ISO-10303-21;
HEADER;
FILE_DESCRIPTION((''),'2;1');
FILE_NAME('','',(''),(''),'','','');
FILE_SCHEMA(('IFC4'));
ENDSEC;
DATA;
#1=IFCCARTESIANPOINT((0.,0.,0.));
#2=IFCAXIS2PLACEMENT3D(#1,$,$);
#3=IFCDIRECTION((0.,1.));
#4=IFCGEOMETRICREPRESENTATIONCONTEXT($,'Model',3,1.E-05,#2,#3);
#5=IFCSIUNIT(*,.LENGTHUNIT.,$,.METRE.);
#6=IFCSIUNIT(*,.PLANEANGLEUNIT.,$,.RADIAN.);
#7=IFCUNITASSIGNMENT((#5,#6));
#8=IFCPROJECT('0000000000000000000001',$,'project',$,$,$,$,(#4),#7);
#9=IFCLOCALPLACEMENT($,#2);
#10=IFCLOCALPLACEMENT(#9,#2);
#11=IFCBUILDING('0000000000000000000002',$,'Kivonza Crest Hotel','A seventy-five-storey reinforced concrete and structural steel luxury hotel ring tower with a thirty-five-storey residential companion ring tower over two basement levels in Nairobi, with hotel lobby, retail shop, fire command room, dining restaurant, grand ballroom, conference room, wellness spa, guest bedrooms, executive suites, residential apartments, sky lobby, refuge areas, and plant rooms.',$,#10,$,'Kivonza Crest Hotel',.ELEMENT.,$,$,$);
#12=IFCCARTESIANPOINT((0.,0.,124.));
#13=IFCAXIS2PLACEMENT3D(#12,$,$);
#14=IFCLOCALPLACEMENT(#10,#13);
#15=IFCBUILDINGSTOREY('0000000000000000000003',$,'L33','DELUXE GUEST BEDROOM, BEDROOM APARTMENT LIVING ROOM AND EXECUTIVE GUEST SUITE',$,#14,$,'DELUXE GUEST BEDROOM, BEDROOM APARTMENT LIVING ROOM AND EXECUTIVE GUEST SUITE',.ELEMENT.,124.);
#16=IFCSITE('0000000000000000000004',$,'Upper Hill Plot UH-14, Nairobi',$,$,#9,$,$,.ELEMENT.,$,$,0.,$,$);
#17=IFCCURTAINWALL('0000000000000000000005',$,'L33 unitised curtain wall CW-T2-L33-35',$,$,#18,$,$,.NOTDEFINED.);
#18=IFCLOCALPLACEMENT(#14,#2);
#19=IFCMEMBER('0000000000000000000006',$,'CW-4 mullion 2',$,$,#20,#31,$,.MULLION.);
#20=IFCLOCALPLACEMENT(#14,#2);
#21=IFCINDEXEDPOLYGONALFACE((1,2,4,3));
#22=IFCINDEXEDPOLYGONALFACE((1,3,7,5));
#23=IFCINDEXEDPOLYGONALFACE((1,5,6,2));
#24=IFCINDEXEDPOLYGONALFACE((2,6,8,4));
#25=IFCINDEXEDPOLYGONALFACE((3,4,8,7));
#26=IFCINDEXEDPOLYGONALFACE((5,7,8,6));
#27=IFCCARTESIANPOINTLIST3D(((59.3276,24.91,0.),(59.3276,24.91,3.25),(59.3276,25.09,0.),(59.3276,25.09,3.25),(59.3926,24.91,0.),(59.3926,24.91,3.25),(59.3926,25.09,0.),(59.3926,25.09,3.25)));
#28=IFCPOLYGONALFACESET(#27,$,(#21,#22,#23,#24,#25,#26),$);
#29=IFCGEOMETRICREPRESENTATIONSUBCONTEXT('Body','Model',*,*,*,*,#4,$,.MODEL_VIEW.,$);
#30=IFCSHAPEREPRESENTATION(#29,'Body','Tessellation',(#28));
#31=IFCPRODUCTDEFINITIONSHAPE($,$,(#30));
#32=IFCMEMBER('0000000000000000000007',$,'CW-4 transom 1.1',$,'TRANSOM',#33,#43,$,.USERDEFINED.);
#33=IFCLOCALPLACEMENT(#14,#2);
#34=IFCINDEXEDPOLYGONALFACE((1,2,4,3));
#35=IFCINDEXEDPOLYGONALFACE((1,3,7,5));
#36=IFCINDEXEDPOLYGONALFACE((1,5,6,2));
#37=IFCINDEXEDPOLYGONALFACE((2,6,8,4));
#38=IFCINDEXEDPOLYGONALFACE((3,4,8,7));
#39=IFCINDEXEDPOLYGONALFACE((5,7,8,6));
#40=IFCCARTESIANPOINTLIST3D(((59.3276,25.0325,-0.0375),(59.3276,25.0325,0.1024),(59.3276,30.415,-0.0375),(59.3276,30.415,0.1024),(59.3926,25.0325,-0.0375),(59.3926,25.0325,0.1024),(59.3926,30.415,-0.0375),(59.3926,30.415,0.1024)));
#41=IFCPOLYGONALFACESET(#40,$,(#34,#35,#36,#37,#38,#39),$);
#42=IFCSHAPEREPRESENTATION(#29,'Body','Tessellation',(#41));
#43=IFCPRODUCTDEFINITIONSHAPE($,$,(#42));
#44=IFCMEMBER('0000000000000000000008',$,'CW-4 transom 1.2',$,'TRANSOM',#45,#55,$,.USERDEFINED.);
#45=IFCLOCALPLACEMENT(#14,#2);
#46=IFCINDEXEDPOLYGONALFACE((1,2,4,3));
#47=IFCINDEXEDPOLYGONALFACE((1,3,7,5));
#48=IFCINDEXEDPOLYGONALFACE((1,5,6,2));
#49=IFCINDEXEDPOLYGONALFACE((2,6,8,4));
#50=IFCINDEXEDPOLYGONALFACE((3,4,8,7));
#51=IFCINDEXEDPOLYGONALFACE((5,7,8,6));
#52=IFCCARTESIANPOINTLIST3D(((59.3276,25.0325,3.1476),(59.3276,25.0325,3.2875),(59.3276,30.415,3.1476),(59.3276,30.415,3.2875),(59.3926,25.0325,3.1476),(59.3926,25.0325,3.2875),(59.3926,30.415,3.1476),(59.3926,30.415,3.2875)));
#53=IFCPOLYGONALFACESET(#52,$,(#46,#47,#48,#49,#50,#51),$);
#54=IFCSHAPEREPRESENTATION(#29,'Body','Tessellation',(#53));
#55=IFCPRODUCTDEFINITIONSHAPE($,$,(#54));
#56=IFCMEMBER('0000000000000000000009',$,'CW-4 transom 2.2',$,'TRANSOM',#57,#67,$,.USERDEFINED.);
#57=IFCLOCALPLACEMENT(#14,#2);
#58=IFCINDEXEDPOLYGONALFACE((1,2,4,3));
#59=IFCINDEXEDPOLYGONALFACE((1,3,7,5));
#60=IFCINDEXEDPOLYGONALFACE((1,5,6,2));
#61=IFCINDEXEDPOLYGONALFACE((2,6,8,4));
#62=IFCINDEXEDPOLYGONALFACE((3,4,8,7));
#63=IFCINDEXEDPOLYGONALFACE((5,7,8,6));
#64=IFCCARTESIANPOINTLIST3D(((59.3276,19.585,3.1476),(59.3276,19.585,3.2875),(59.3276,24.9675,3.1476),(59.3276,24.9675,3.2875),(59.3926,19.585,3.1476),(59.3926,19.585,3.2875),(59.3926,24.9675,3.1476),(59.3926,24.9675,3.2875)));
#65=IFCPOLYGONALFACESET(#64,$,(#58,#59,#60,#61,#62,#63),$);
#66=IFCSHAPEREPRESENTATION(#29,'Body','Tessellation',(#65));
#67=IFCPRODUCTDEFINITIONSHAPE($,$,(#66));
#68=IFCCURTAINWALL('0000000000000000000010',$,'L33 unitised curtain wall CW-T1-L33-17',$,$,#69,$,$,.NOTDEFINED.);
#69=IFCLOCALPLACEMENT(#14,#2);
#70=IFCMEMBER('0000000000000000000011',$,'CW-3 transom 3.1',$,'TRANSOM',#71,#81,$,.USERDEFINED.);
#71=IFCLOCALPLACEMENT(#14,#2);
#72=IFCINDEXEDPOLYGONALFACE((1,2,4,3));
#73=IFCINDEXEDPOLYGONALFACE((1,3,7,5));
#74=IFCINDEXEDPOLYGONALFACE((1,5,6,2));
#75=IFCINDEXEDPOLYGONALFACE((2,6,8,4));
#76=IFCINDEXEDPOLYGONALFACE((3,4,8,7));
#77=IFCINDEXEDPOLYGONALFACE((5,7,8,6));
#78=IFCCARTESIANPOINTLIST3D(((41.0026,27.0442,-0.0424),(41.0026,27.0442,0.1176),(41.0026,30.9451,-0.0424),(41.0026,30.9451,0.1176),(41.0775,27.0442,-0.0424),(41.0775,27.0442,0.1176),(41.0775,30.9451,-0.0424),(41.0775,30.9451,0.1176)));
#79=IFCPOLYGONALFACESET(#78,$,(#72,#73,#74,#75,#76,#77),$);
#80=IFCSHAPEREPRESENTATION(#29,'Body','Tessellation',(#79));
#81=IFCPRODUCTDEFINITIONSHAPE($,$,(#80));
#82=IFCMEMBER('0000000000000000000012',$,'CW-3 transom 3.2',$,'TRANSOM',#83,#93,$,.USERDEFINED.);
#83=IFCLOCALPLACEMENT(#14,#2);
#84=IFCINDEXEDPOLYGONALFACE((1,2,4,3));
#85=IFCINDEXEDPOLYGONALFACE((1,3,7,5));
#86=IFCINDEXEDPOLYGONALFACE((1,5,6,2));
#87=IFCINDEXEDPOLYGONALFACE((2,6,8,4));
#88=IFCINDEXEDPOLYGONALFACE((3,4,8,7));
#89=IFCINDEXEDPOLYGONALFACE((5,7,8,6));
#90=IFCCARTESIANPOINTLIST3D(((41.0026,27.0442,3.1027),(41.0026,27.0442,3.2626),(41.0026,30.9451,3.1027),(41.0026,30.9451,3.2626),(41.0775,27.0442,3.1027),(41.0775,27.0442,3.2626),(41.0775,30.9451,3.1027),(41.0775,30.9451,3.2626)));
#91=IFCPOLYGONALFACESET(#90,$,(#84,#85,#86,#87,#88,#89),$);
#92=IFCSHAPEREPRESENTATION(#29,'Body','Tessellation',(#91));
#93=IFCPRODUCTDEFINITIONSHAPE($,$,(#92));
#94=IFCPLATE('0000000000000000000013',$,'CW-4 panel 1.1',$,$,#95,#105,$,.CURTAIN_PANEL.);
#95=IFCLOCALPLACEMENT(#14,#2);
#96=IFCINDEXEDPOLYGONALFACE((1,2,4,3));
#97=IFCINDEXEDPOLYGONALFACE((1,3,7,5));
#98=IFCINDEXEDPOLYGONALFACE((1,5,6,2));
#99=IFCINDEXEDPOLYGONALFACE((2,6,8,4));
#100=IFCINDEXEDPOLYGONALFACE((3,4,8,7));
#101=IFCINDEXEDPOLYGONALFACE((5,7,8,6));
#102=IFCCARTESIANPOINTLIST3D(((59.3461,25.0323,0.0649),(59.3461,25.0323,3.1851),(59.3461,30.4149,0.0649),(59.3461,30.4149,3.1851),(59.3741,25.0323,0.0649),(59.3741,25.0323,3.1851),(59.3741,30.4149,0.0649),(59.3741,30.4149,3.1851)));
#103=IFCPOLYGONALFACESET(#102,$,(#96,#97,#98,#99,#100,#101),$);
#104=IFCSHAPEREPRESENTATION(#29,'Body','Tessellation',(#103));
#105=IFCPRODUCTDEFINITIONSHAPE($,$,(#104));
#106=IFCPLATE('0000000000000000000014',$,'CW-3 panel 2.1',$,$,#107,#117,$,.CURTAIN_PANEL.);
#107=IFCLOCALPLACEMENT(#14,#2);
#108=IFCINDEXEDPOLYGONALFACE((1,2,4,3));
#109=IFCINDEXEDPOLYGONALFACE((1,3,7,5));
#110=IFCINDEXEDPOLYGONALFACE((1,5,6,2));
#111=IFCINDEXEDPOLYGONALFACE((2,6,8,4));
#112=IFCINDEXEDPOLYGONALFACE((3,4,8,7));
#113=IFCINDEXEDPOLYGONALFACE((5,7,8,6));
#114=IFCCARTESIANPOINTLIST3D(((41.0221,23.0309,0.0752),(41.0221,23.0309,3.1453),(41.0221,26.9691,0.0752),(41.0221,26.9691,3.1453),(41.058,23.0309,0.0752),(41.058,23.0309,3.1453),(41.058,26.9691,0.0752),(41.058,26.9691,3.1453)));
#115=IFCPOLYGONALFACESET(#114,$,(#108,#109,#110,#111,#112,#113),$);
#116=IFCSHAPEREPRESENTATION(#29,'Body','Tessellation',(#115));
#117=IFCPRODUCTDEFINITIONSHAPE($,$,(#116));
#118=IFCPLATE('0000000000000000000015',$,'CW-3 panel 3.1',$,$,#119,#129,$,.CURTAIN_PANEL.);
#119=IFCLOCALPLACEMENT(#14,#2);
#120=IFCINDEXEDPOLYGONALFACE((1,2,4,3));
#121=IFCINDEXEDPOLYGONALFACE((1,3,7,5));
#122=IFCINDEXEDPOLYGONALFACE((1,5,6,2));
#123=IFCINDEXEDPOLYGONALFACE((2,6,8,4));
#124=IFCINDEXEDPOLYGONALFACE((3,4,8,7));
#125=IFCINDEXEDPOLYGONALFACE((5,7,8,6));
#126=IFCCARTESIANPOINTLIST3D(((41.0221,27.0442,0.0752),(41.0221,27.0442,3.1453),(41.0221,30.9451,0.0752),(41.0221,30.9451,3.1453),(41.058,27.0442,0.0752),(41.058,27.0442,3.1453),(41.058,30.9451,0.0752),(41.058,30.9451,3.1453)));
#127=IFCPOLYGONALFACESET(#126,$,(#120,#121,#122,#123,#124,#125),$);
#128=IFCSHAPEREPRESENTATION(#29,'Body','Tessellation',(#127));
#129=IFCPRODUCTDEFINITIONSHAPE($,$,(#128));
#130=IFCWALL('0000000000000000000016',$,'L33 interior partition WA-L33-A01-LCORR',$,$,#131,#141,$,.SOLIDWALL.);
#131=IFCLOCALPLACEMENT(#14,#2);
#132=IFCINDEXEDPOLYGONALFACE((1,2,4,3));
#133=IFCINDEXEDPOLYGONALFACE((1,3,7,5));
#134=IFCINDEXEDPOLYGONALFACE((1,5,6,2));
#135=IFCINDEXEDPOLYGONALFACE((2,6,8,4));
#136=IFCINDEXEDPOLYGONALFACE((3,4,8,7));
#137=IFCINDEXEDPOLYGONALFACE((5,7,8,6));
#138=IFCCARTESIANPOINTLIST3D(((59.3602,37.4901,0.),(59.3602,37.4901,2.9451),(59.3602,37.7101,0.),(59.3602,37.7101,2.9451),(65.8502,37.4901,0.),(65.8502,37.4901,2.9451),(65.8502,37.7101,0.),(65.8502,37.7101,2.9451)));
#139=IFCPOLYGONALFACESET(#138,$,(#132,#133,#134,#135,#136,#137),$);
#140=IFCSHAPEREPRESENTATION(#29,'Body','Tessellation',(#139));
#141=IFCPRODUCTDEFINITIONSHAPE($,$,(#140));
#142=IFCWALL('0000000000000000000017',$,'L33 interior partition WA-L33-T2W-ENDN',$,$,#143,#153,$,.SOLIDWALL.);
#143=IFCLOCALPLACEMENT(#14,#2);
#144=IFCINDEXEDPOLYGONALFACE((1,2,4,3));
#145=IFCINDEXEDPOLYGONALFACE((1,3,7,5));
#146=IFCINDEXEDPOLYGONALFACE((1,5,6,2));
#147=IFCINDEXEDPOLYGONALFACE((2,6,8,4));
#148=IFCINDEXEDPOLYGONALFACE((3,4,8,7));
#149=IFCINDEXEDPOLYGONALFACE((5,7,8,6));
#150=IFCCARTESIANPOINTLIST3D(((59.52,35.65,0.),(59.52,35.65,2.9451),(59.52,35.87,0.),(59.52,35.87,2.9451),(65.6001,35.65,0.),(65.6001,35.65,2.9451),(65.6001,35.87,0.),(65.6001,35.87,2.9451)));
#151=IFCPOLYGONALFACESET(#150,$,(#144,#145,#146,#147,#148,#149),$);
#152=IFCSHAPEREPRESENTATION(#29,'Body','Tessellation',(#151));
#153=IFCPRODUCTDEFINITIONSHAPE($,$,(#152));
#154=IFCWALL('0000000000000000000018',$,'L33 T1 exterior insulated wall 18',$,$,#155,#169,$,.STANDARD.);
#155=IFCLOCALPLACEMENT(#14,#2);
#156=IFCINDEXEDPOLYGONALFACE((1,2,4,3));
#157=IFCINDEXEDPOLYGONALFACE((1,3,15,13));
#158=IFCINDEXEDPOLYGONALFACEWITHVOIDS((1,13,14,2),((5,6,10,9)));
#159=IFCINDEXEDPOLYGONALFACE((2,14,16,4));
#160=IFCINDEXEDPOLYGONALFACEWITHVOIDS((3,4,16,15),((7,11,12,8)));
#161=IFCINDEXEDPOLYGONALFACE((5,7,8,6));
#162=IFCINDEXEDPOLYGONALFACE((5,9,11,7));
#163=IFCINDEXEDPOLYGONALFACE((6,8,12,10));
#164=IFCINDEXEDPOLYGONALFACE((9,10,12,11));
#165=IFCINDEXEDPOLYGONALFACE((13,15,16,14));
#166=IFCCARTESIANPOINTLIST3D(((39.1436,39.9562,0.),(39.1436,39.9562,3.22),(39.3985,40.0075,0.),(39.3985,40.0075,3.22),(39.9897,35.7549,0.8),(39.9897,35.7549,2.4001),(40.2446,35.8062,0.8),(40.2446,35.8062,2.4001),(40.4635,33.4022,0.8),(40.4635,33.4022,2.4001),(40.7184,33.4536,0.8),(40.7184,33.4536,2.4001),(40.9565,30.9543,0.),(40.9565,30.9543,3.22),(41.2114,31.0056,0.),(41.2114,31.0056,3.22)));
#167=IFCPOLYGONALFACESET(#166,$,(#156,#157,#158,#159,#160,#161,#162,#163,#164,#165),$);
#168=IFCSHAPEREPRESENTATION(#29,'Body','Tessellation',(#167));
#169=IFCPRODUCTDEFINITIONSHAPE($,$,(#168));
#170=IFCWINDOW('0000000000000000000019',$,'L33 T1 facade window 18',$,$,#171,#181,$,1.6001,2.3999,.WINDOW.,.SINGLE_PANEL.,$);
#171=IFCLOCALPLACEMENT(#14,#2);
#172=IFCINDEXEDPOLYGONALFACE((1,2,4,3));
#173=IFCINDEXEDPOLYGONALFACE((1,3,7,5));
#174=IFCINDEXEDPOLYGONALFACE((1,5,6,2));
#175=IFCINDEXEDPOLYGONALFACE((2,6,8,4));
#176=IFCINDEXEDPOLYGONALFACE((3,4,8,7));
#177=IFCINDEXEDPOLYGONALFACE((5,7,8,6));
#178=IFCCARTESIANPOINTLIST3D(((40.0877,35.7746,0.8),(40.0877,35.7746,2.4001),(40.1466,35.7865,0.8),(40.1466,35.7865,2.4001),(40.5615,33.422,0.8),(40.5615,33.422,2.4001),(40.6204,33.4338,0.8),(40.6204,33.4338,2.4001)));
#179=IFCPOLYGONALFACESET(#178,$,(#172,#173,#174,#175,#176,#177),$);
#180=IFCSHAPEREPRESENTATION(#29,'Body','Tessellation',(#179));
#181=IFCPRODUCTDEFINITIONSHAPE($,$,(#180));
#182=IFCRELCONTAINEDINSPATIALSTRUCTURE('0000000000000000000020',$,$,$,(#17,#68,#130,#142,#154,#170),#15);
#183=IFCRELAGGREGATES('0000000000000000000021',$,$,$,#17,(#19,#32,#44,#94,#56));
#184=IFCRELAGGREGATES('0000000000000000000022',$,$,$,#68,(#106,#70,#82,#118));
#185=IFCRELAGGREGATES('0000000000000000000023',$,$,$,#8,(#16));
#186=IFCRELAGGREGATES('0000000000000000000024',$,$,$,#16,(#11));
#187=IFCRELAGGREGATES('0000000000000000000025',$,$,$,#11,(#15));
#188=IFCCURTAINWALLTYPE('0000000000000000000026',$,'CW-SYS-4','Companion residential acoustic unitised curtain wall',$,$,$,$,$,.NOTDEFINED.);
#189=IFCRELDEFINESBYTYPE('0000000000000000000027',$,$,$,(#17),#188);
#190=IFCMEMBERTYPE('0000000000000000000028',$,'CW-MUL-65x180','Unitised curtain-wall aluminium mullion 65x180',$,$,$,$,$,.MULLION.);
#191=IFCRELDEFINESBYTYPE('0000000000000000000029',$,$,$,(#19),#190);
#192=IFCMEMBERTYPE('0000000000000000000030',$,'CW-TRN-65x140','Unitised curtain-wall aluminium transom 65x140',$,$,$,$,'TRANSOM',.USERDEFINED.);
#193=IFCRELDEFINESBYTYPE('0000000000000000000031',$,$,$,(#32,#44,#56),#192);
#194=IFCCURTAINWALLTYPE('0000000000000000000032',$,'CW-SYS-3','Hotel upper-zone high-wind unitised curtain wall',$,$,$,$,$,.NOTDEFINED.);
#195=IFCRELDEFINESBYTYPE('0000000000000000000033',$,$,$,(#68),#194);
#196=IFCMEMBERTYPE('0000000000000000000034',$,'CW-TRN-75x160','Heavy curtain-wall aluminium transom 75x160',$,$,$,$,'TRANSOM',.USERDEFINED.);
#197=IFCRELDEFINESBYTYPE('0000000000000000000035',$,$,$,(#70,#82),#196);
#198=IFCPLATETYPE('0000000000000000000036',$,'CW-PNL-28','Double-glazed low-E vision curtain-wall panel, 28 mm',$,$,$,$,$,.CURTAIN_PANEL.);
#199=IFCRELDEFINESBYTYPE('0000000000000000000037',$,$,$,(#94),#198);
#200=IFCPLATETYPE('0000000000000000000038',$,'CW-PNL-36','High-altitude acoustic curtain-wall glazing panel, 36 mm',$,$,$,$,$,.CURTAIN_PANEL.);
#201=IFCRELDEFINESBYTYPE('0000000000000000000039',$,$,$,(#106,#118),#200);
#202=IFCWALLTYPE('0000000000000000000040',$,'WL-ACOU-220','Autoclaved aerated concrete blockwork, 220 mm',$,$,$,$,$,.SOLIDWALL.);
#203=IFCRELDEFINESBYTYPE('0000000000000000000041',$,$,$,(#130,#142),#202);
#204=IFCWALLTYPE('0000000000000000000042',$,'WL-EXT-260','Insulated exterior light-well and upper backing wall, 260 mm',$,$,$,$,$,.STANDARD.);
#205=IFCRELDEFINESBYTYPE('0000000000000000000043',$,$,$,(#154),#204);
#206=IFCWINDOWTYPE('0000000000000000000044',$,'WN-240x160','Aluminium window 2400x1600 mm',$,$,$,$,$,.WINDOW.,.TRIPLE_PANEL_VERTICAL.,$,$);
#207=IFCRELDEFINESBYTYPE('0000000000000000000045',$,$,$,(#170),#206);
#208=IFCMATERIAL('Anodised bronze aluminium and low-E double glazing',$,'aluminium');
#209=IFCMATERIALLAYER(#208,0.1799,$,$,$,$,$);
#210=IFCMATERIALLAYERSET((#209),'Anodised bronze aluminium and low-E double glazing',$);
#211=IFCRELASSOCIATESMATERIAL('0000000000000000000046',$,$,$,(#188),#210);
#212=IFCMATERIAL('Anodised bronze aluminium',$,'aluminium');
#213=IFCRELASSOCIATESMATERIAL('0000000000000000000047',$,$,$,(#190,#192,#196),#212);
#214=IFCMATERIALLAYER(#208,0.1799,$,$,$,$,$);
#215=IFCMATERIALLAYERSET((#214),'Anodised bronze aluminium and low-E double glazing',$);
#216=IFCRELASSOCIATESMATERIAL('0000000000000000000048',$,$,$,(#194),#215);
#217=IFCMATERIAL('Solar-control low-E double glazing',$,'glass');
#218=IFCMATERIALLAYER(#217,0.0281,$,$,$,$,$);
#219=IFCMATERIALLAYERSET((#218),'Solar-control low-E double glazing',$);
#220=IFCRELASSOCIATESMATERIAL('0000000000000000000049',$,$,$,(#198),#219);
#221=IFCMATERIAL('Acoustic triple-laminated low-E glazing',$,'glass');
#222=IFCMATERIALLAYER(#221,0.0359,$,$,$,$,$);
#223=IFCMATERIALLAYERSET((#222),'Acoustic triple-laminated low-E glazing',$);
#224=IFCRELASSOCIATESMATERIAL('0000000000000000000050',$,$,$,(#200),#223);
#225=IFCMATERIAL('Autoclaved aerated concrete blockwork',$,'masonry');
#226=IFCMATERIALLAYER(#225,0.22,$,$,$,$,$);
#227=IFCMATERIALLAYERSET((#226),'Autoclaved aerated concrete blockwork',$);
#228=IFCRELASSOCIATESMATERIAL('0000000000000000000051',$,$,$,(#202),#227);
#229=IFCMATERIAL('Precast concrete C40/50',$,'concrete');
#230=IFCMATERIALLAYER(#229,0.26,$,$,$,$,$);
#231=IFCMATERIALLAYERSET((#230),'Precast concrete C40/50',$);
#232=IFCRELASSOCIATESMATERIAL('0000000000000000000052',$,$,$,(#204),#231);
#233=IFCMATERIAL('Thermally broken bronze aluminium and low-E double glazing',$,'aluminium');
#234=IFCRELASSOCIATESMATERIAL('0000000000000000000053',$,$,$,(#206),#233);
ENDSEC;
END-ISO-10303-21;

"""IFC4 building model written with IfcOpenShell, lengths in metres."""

from ifc_helpers import new_model, si_unit, direction, frame, frame_2d, origin, origin_2d, place, context, subcontext, project, spatial, rectangle, extrude, material, layer, layer_set, material_profile, profile_set, type_object, element, fill, aggregate, save


model = new_model("IFC4")

# Units and contexts
model_context = context("Model", 3, precision=1e-05, world=origin(), true_north=direction((0.0, 1.0)))
body_context = subcontext(model_context, "Body", "Model", "MODEL_VIEW")
ifc_project = project(units=[si_unit("LENGTHUNIT", "METRE"), si_unit("PLANEANGLEUNIT", "RADIAN")], contexts=[model_context])

# Site, building, storey
site_placement = place(None, origin())
site = spatial("IfcSite", under=ifc_project, at=site_placement, Name="Upper Hill Plot UH-14, Nairobi", CompositionType="ELEMENT", RefElevation=0.0)
building_placement = place(site_placement, origin())
building = spatial("IfcBuilding", under=site, at=building_placement, Name="Kivonza Crest Hotel", Description="A seventy-five-storey reinforced concrete and structural steel luxury hotel ring tower with a thirty-five-storey residential companion ring tower over two basement levels in Nairobi, with hotel lobby, retail shop, fire command room, dining restaurant, grand ballroom, conference room, wellness spa, guest bedrooms, executive suites, residential apartments, sky lobby, refuge areas, and plant rooms.", LongName="Kivonza Crest Hotel", CompositionType="ELEMENT")
storey_placement = place(building_placement, frame((0.0, 0.0, 124.0)))
storey = spatial("IfcBuildingStorey", under=building, at=storey_placement, Name="L33", Description="DELUXE GUEST BEDROOM, BEDROOM APARTMENT LIVING ROOM AND EXECUTIVE GUEST SUITE", LongName="DELUXE GUEST BEDROOM, BEDROOM APARTMENT LIVING ROOM AND EXECUTIVE GUEST SUITE", CompositionType="ELEMENT", Elevation=124.0)

# Curtain walls, members
ifc_material_1 = material(Name="Anodised bronze aluminium and low-E double glazing", Category="aluminium")
ifc_layer_1 = layer(ifc_material_1, 0.1799)
ifc_layer_set_1 = layer_set([ifc_layer_1], Name="Anodised bronze aluminium and low-E double glazing")
curtain_wall_type_1 = type_object("IfcCurtainWallType", Name="CW-SYS-4", Description="Companion residential acoustic unitised curtain wall", PredefinedType="NOTDEFINED", material=ifc_layer_set_1)
curtain_wall_1_placement = place(storey_placement, origin())
curtain_wall_1 = element("IfcCurtainWall", 1, at=curtain_wall_1_placement, inside=storey, type_object=curtain_wall_type_1, Name="L33 unitised curtain wall CW-T2-L33-35", PredefinedType="NOTDEFINED")
ifc_material_2 = material(Name="Anodised bronze aluminium", Category="aluminium")
ifc_material_profile_1 = material_profile(ifc_material_2, rectangle(XDim=0.0649, YDim=0.1799, at=origin_2d()), Name="CW-M 65x180")
ifc_profile_set_1 = profile_set([ifc_material_profile_1], Name="Anodised bronze aluminium")
member_type_1 = type_object("IfcMemberType", Name="CW-MUL-65x180", Description="Unitised curtain-wall aluminium mullion 65x180", PredefinedType="MULLION", material=ifc_profile_set_1)
member_1_placement = place(storey_placement, frame((59.3601, 25.0, 0.0), z_axis=(0.0, 0.0, 1.0), x_axis=(1.0, 0.0, 0.0)))
member_1 = element("IfcMember", 2, at=member_1_placement, type_object=member_type_1, Name="CW-4 mullion 2", PredefinedType="MULLION", context=body_context, shape_type="SweptSolid", body=[
    extrude(rectangle(XDim=0.0649, YDim=0.1799, at=origin_2d()), origin(), (0.0, 0.0, 1.0), 3.25),
])
ifc_material_profile_2 = material_profile(ifc_material_2, rectangle(XDim=0.0649, YDim=0.1399, at=origin_2d()), Name="CW-T 65x140")
ifc_profile_set_2 = profile_set([ifc_material_profile_2], Name="Anodised bronze aluminium")
member_type_2 = type_object("IfcMemberType", Name="CW-TRN-65x140", Description="Unitised curtain-wall aluminium transom 65x140", ElementType="TRANSOM", PredefinedType="USERDEFINED", material=ifc_profile_set_2)
member_2_placement = place(storey_placement, frame((59.3601, 30.415, 0.0325), z_axis=(0.0, -1.0, 0.0), x_axis=(1.0, 0.0, 0.0)))
member_2 = element("IfcMember", 3, at=member_2_placement, type_object=member_type_2, Name="CW-4 transom 1.1", ObjectType="TRANSOM", PredefinedType="USERDEFINED", context=body_context, shape_type="SweptSolid", body=[
    extrude(rectangle(XDim=0.0649, YDim=0.1399, at=origin_2d()), origin(), (0.0, 0.0, 1.0), 5.3826),
])
member_3_placement = place(storey_placement, frame((59.3601, 30.415, 3.2175), z_axis=(0.0, -1.0, 0.0), x_axis=(1.0, 0.0, 0.0)))
member_3 = element("IfcMember", 4, at=member_3_placement, type_object=member_type_2, Name="CW-4 transom 1.2", ObjectType="TRANSOM", PredefinedType="USERDEFINED", context=body_context, shape_type="SweptSolid", body=[
    extrude(rectangle(XDim=0.0649, YDim=0.1399, at=origin_2d()), origin(), (0.0, 0.0, 1.0), 5.3826),
])
member_4_placement = place(storey_placement, frame((59.3601, 24.9675, 3.2175), z_axis=(0.0, -1.0, 0.0), x_axis=(1.0, 0.0, 0.0)))
member_4 = element("IfcMember", 5, at=member_4_placement, type_object=member_type_2, Name="CW-4 transom 2.2", ObjectType="TRANSOM", PredefinedType="USERDEFINED", context=body_context, shape_type="SweptSolid", body=[
    extrude(rectangle(XDim=0.0649, YDim=0.1399, at=origin_2d()), origin(), (0.0, 0.0, 1.0), 5.3826),
])
ifc_layer_2 = layer(ifc_material_1, 0.1799)
ifc_layer_set_2 = layer_set([ifc_layer_2], Name="Anodised bronze aluminium and low-E double glazing")
curtain_wall_type_2 = type_object("IfcCurtainWallType", Name="CW-SYS-3", Description="Hotel upper-zone high-wind unitised curtain wall", PredefinedType="NOTDEFINED", material=ifc_layer_set_2)
curtain_wall_2_placement = place(storey_placement, origin())
curtain_wall_2 = element("IfcCurtainWall", 6, at=curtain_wall_2_placement, inside=storey, type_object=curtain_wall_type_2, Name="L33 unitised curtain wall CW-T1-L33-17", PredefinedType="NOTDEFINED")
ifc_material_profile_3 = material_profile(ifc_material_2, rectangle(XDim=0.075, YDim=0.1599, at=origin_2d()), Name="CW-T 75x160")
ifc_profile_set_3 = profile_set([ifc_material_profile_3], Name="Anodised bronze aluminium")
member_type_3 = type_object("IfcMemberType", Name="CW-TRN-75x160", Description="Heavy curtain-wall aluminium transom 75x160", ElementType="TRANSOM", PredefinedType="USERDEFINED", material=ifc_profile_set_3)
member_5_placement = place(storey_placement, frame((41.04, 27.0442, 0.0376), z_axis=(0.0, 1.0, 0.0), x_axis=(-1.0, 0.0, 0.0)))
member_5 = element("IfcMember", 7, at=member_5_placement, type_object=member_type_3, Name="CW-3 transom 3.1", ObjectType="TRANSOM", PredefinedType="USERDEFINED", context=body_context, shape_type="SweptSolid", body=[
    extrude(rectangle(XDim=0.075, YDim=0.1599, at=origin_2d()), origin(), (0.0, 0.0, 1.0), 3.9009),
])
member_6_placement = place(storey_placement, frame((41.04, 27.0442, 3.1826), z_axis=(0.0, 1.0, 0.0), x_axis=(-1.0, 0.0, 0.0)))
member_6 = element("IfcMember", 8, at=member_6_placement, type_object=member_type_3, Name="CW-3 transom 3.2", ObjectType="TRANSOM", PredefinedType="USERDEFINED", context=body_context, shape_type="SweptSolid", body=[
    extrude(rectangle(XDim=0.075, YDim=0.1599, at=origin_2d()), origin(), (0.0, 0.0, 1.0), 3.9009),
])

# Plates
ifc_material_3 = material(Name="Solar-control low-E double glazing", Category="glass")
ifc_layer_3 = layer(ifc_material_3, 0.0281)
ifc_layer_set_3 = layer_set([ifc_layer_3], Name="Solar-control low-E double glazing")
plate_type_1 = type_object("IfcPlateType", Name="CW-PNL-28", Description="Double-glazed low-E vision curtain-wall panel, 28 mm", PredefinedType="CURTAIN_PANEL", material=ifc_layer_set_3)
plate_1_placement = place(storey_placement, frame((59.3601, 27.7236, 0.0649), z_axis=(0.0, 0.0, 1.0), x_axis=(0.0, -1.0, 0.0)))
plate_1 = element("IfcPlate", 9, at=plate_1_placement, type_object=plate_type_1, Name="CW-4 panel 1.1", PredefinedType="CURTAIN_PANEL", context=body_context, shape_type="SweptSolid", body=[
    extrude(rectangle(XDim=5.3826, YDim=0.0281, at=origin_2d()), origin(), (0.0, 0.0, 1.0), 3.1201),
])
aggregate(curtain_wall_1, [member_1, member_2, member_3, plate_1, member_4])
ifc_material_4 = material(Name="Acoustic triple-laminated low-E glazing", Category="glass")
ifc_layer_4 = layer(ifc_material_4, 0.0359)
ifc_layer_set_4 = layer_set([ifc_layer_4], Name="Acoustic triple-laminated low-E glazing")
plate_type_2 = type_object("IfcPlateType", Name="CW-PNL-36", Description="High-altitude acoustic curtain-wall glazing panel, 36 mm", PredefinedType="CURTAIN_PANEL", material=ifc_layer_set_4)
plate_2_placement = place(storey_placement, frame((41.04, 25.0, 0.0752), z_axis=(0.0, 0.0, 1.0), x_axis=(0.0, 1.0, 0.0)))
plate_2 = element("IfcPlate", 10, at=plate_2_placement, type_object=plate_type_2, Name="CW-3 panel 2.1", PredefinedType="CURTAIN_PANEL", context=body_context, shape_type="SweptSolid", body=[
    extrude(rectangle(XDim=3.9382, YDim=0.0359, at=origin_2d()), origin(), (0.0, 0.0, 1.0), 3.0701),
])
plate_3_placement = place(storey_placement, frame((41.04, 28.9946, 0.0752), z_axis=(0.0, 0.0, 1.0), x_axis=(0.0, 1.0, 0.0)))
plate_3 = element("IfcPlate", 11, at=plate_3_placement, type_object=plate_type_2, Name="CW-3 panel 3.1", PredefinedType="CURTAIN_PANEL", context=body_context, shape_type="SweptSolid", body=[
    extrude(rectangle(XDim=3.9009, YDim=0.0359, at=origin_2d()), origin(), (0.0, 0.0, 1.0), 3.0701),
])
aggregate(curtain_wall_2, [plate_2, member_5, member_6, plate_3])

# Walls
ifc_material_5 = material(Name="Autoclaved aerated concrete blockwork", Category="masonry")
ifc_layer_5 = layer(ifc_material_5, 0.22)
ifc_layer_set_5 = layer_set([ifc_layer_5], Name="Autoclaved aerated concrete blockwork")
wall_type_1 = type_object("IfcWallType", Name="WL-ACOU-220", Description="Autoclaved aerated concrete blockwork, 220 mm", PredefinedType="SOLIDWALL", material=ifc_layer_set_5)
wall_1_placement = place(storey_placement, frame((59.3601, 37.6001, 0.0), z_axis=(0.0, 0.0, 1.0), x_axis=(1.0, 0.0, 0.0)))
element("IfcWall", 12, at=wall_1_placement, inside=storey, type_object=wall_type_1, Name="L33 interior partition WA-L33-A01-LCORR", PredefinedType="SOLIDWALL", context=body_context, shape_type="SweptSolid", body=[
    extrude(rectangle(XDim=6.49, YDim=0.22, at=frame_2d((3.2451, 0.0))), origin(), (0.0, 0.0, 1.0), 2.9451),
])
wall_2_placement = place(storey_placement, frame((59.52, 35.76, 0.0), z_axis=(0.0, 0.0, 1.0), x_axis=(1.0, 0.0, 0.0)))
element("IfcWall", 13, at=wall_2_placement, inside=storey, type_object=wall_type_1, Name="L33 interior partition WA-L33-T2W-ENDN", PredefinedType="SOLIDWALL", context=body_context, shape_type="SweptSolid", body=[
    extrude(rectangle(XDim=6.0801, YDim=0.22, at=frame_2d((3.04, 0.0))), origin(), (0.0, 0.0, 1.0), 2.9451),
])

# Wall, opening, window
ifc_material_6 = material(Name="Precast concrete C40/50", Category="concrete")
ifc_layer_6 = layer(ifc_material_6, 0.26)
ifc_layer_set_6 = layer_set([ifc_layer_6], Name="Precast concrete C40/50")
wall_type_2 = type_object("IfcWallType", Name="WL-EXT-260", Description="Insulated exterior light-well and upper backing wall, 260 mm", PredefinedType="STANDARD", material=ifc_layer_set_6)
wall_3_placement = place(storey_placement, frame((41.084, 30.98, 0.0), z_axis=(0.0, 0.0, 1.0), x_axis=(-0.197435, 0.980316, 0.0)))
wall_3 = element("IfcWall", 14, at=wall_3_placement, inside=storey, type_object=wall_type_2, Name="L33 T1 exterior insulated wall 18", PredefinedType="STANDARD", context=body_context, shape_type="SweptSolid", body=[
    extrude(rectangle(XDim=9.1826, YDim=0.26, at=frame_2d((4.5913, 0.0))), origin(), (0.0, 0.0, 1.0), 3.22),
])
opening_1_placement = place(wall_3_placement, frame((2.4971, 0.0, 0.8)))
opening_1 = element("IfcOpeningElement", 15, at=opening_1_placement, cuts=wall_3, PredefinedType="OPENING", context=body_context, shape_type="SweptSolid", body=[
    extrude(rectangle(XDim=2.3999, YDim=1.6001, at=frame_2d((1.2, 0.8))), frame((0.0, 0.1401, 0.0), z_axis=(0.0, -1.0, 0.0), x_axis=(1.0, 0.0, 0.0)), (0.0, 0.0, 1.0), 0.28),
])
ifc_material_7 = material(Name="Thermally broken bronze aluminium and low-E double glazing", Category="aluminium")
window_type_1 = type_object("IfcWindowType", Name="WN-240x160", Description="Aluminium window 2400x1600 mm", PartitioningType="TRIPLE_PANEL_VERTICAL", PredefinedType="WINDOW", material=ifc_material_7)
window_1_placement = place(opening_1_placement, origin())
window_1 = element("IfcWindow", 16, at=window_1_placement, inside=storey, type_object=window_type_1, Name="L33 T1 facade window 18", OverallHeight=1.6001, OverallWidth=2.3999, PartitioningType="SINGLE_PANEL", PredefinedType="WINDOW", context=body_context, shape_type="SweptSolid", body=[
    extrude(rectangle(XDim=2.3999, YDim=1.6001, at=frame_2d((1.2, 0.8))), frame((0.0, 0.03, 0.0), z_axis=(0.0, -1.0, 0.0), x_axis=(1.0, 0.0, 0.0)), (0.0, 0.0, 1.0), 0.0601),
])
fill(opening_1, window_1)

save(model, "model.ifc")
